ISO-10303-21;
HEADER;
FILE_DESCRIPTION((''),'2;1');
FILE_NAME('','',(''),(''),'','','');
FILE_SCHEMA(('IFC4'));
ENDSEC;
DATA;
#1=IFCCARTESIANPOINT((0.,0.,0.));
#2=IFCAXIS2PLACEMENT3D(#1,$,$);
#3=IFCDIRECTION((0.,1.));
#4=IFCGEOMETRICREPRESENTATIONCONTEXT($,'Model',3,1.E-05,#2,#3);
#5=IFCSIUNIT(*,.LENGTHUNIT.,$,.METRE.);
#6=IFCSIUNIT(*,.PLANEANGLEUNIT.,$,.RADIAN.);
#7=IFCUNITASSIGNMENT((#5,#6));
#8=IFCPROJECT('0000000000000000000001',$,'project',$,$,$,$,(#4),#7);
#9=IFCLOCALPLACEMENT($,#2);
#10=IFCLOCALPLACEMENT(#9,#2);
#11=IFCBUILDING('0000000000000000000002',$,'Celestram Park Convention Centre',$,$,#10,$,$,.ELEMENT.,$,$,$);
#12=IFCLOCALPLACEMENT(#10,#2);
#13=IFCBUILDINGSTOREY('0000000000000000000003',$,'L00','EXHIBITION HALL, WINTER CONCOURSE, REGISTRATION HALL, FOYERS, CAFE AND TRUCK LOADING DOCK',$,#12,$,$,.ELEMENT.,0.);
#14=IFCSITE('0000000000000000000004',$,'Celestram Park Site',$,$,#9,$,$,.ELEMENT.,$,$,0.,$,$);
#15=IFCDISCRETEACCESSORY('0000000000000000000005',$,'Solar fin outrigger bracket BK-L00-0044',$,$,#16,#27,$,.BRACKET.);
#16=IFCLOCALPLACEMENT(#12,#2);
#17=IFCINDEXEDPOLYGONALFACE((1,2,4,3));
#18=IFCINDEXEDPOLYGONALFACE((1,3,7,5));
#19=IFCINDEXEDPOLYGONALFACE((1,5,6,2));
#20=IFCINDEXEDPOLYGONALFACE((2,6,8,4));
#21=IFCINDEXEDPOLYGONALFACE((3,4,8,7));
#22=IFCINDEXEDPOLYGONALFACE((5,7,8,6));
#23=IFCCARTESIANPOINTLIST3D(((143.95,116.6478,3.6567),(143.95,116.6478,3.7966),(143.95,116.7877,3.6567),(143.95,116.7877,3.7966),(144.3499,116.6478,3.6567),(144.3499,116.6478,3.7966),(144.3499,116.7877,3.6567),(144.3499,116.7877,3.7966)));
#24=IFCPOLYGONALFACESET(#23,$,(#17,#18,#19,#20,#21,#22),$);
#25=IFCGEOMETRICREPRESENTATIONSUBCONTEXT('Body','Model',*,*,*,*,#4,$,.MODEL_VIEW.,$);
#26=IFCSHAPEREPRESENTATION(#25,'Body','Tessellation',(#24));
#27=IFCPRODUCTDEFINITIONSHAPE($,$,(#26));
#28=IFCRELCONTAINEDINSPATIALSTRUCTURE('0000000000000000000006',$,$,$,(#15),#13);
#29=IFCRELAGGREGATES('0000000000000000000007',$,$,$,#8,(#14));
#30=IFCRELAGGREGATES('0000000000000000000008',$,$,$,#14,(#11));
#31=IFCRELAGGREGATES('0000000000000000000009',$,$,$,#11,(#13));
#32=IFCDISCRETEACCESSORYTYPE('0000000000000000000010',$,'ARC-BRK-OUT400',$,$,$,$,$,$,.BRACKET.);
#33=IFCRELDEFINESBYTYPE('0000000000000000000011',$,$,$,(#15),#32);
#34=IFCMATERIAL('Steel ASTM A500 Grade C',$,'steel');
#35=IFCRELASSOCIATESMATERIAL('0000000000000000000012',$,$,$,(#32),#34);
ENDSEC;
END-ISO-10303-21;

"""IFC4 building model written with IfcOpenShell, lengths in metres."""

from ifc_helpers import new_model, si_unit, direction, frame, origin, origin_2d, place, context, subcontext, project, spatial, rectangle, extrude, material, type_object, element, save


model = new_model("IFC4")

# Units and contexts
model_context = context("Model", 3, precision=1e-05, world=origin(), true_north=direction((0.0, 1.0)))
body_context = subcontext(model_context, "Body", "Model", "MODEL_VIEW")
ifc_project = project(units=[si_unit("LENGTHUNIT", "METRE"), si_unit("PLANEANGLEUNIT", "RADIAN")], contexts=[model_context])

# Site, building, storey
site_placement = place(None, origin())
site = spatial("IfcSite", under=ifc_project, at=site_placement, Name="Celestram Park Site", CompositionType="ELEMENT", RefElevation=0.0)
building_placement = place(site_placement, origin())
building = spatial("IfcBuilding", under=site, at=building_placement, Name="Celestram Park Convention Centre", CompositionType="ELEMENT")
storey_placement = place(building_placement, origin())
storey = spatial("IfcBuildingStorey", under=building, at=storey_placement, Name="L00", Description="EXHIBITION HALL, WINTER CONCOURSE, REGISTRATION HALL, FOYERS, CAFE AND TRUCK LOADING DOCK", CompositionType="ELEMENT", Elevation=0.0)

# Shared definitions
ifc_material_1 = material(Name="Steel ASTM A500 Grade C", Category="steel")

# Discrete accessory
discrete_accessory_type = type_object("IfcDiscreteAccessoryType", Name="ARC-BRK-OUT400", PredefinedType="BRACKET", material=ifc_material_1)
for number, where, z_axis, x_axis, name in (
    (1, (144.1499, 116.7178, 3.6567), (0.0, 0.0, 1.0), (1.0, 0.0, 0.0), "Solar fin outrigger bracket BK-L00-0044"),
):
    element("IfcDiscreteAccessory", number, at=place(storey_placement, frame(where, z_axis=z_axis, x_axis=x_axis)), inside=storey, type_object=discrete_accessory_type, Name=name, PredefinedType="BRACKET", context=body_context, shape_type="SweptSolid", body=[
        extrude(rectangle(XDim=0.3999, YDim=0.1399, at=origin_2d()), origin(), (0.0, 0.0, 1.0), 0.1399),
    ])

save(model, "model.ifc")
